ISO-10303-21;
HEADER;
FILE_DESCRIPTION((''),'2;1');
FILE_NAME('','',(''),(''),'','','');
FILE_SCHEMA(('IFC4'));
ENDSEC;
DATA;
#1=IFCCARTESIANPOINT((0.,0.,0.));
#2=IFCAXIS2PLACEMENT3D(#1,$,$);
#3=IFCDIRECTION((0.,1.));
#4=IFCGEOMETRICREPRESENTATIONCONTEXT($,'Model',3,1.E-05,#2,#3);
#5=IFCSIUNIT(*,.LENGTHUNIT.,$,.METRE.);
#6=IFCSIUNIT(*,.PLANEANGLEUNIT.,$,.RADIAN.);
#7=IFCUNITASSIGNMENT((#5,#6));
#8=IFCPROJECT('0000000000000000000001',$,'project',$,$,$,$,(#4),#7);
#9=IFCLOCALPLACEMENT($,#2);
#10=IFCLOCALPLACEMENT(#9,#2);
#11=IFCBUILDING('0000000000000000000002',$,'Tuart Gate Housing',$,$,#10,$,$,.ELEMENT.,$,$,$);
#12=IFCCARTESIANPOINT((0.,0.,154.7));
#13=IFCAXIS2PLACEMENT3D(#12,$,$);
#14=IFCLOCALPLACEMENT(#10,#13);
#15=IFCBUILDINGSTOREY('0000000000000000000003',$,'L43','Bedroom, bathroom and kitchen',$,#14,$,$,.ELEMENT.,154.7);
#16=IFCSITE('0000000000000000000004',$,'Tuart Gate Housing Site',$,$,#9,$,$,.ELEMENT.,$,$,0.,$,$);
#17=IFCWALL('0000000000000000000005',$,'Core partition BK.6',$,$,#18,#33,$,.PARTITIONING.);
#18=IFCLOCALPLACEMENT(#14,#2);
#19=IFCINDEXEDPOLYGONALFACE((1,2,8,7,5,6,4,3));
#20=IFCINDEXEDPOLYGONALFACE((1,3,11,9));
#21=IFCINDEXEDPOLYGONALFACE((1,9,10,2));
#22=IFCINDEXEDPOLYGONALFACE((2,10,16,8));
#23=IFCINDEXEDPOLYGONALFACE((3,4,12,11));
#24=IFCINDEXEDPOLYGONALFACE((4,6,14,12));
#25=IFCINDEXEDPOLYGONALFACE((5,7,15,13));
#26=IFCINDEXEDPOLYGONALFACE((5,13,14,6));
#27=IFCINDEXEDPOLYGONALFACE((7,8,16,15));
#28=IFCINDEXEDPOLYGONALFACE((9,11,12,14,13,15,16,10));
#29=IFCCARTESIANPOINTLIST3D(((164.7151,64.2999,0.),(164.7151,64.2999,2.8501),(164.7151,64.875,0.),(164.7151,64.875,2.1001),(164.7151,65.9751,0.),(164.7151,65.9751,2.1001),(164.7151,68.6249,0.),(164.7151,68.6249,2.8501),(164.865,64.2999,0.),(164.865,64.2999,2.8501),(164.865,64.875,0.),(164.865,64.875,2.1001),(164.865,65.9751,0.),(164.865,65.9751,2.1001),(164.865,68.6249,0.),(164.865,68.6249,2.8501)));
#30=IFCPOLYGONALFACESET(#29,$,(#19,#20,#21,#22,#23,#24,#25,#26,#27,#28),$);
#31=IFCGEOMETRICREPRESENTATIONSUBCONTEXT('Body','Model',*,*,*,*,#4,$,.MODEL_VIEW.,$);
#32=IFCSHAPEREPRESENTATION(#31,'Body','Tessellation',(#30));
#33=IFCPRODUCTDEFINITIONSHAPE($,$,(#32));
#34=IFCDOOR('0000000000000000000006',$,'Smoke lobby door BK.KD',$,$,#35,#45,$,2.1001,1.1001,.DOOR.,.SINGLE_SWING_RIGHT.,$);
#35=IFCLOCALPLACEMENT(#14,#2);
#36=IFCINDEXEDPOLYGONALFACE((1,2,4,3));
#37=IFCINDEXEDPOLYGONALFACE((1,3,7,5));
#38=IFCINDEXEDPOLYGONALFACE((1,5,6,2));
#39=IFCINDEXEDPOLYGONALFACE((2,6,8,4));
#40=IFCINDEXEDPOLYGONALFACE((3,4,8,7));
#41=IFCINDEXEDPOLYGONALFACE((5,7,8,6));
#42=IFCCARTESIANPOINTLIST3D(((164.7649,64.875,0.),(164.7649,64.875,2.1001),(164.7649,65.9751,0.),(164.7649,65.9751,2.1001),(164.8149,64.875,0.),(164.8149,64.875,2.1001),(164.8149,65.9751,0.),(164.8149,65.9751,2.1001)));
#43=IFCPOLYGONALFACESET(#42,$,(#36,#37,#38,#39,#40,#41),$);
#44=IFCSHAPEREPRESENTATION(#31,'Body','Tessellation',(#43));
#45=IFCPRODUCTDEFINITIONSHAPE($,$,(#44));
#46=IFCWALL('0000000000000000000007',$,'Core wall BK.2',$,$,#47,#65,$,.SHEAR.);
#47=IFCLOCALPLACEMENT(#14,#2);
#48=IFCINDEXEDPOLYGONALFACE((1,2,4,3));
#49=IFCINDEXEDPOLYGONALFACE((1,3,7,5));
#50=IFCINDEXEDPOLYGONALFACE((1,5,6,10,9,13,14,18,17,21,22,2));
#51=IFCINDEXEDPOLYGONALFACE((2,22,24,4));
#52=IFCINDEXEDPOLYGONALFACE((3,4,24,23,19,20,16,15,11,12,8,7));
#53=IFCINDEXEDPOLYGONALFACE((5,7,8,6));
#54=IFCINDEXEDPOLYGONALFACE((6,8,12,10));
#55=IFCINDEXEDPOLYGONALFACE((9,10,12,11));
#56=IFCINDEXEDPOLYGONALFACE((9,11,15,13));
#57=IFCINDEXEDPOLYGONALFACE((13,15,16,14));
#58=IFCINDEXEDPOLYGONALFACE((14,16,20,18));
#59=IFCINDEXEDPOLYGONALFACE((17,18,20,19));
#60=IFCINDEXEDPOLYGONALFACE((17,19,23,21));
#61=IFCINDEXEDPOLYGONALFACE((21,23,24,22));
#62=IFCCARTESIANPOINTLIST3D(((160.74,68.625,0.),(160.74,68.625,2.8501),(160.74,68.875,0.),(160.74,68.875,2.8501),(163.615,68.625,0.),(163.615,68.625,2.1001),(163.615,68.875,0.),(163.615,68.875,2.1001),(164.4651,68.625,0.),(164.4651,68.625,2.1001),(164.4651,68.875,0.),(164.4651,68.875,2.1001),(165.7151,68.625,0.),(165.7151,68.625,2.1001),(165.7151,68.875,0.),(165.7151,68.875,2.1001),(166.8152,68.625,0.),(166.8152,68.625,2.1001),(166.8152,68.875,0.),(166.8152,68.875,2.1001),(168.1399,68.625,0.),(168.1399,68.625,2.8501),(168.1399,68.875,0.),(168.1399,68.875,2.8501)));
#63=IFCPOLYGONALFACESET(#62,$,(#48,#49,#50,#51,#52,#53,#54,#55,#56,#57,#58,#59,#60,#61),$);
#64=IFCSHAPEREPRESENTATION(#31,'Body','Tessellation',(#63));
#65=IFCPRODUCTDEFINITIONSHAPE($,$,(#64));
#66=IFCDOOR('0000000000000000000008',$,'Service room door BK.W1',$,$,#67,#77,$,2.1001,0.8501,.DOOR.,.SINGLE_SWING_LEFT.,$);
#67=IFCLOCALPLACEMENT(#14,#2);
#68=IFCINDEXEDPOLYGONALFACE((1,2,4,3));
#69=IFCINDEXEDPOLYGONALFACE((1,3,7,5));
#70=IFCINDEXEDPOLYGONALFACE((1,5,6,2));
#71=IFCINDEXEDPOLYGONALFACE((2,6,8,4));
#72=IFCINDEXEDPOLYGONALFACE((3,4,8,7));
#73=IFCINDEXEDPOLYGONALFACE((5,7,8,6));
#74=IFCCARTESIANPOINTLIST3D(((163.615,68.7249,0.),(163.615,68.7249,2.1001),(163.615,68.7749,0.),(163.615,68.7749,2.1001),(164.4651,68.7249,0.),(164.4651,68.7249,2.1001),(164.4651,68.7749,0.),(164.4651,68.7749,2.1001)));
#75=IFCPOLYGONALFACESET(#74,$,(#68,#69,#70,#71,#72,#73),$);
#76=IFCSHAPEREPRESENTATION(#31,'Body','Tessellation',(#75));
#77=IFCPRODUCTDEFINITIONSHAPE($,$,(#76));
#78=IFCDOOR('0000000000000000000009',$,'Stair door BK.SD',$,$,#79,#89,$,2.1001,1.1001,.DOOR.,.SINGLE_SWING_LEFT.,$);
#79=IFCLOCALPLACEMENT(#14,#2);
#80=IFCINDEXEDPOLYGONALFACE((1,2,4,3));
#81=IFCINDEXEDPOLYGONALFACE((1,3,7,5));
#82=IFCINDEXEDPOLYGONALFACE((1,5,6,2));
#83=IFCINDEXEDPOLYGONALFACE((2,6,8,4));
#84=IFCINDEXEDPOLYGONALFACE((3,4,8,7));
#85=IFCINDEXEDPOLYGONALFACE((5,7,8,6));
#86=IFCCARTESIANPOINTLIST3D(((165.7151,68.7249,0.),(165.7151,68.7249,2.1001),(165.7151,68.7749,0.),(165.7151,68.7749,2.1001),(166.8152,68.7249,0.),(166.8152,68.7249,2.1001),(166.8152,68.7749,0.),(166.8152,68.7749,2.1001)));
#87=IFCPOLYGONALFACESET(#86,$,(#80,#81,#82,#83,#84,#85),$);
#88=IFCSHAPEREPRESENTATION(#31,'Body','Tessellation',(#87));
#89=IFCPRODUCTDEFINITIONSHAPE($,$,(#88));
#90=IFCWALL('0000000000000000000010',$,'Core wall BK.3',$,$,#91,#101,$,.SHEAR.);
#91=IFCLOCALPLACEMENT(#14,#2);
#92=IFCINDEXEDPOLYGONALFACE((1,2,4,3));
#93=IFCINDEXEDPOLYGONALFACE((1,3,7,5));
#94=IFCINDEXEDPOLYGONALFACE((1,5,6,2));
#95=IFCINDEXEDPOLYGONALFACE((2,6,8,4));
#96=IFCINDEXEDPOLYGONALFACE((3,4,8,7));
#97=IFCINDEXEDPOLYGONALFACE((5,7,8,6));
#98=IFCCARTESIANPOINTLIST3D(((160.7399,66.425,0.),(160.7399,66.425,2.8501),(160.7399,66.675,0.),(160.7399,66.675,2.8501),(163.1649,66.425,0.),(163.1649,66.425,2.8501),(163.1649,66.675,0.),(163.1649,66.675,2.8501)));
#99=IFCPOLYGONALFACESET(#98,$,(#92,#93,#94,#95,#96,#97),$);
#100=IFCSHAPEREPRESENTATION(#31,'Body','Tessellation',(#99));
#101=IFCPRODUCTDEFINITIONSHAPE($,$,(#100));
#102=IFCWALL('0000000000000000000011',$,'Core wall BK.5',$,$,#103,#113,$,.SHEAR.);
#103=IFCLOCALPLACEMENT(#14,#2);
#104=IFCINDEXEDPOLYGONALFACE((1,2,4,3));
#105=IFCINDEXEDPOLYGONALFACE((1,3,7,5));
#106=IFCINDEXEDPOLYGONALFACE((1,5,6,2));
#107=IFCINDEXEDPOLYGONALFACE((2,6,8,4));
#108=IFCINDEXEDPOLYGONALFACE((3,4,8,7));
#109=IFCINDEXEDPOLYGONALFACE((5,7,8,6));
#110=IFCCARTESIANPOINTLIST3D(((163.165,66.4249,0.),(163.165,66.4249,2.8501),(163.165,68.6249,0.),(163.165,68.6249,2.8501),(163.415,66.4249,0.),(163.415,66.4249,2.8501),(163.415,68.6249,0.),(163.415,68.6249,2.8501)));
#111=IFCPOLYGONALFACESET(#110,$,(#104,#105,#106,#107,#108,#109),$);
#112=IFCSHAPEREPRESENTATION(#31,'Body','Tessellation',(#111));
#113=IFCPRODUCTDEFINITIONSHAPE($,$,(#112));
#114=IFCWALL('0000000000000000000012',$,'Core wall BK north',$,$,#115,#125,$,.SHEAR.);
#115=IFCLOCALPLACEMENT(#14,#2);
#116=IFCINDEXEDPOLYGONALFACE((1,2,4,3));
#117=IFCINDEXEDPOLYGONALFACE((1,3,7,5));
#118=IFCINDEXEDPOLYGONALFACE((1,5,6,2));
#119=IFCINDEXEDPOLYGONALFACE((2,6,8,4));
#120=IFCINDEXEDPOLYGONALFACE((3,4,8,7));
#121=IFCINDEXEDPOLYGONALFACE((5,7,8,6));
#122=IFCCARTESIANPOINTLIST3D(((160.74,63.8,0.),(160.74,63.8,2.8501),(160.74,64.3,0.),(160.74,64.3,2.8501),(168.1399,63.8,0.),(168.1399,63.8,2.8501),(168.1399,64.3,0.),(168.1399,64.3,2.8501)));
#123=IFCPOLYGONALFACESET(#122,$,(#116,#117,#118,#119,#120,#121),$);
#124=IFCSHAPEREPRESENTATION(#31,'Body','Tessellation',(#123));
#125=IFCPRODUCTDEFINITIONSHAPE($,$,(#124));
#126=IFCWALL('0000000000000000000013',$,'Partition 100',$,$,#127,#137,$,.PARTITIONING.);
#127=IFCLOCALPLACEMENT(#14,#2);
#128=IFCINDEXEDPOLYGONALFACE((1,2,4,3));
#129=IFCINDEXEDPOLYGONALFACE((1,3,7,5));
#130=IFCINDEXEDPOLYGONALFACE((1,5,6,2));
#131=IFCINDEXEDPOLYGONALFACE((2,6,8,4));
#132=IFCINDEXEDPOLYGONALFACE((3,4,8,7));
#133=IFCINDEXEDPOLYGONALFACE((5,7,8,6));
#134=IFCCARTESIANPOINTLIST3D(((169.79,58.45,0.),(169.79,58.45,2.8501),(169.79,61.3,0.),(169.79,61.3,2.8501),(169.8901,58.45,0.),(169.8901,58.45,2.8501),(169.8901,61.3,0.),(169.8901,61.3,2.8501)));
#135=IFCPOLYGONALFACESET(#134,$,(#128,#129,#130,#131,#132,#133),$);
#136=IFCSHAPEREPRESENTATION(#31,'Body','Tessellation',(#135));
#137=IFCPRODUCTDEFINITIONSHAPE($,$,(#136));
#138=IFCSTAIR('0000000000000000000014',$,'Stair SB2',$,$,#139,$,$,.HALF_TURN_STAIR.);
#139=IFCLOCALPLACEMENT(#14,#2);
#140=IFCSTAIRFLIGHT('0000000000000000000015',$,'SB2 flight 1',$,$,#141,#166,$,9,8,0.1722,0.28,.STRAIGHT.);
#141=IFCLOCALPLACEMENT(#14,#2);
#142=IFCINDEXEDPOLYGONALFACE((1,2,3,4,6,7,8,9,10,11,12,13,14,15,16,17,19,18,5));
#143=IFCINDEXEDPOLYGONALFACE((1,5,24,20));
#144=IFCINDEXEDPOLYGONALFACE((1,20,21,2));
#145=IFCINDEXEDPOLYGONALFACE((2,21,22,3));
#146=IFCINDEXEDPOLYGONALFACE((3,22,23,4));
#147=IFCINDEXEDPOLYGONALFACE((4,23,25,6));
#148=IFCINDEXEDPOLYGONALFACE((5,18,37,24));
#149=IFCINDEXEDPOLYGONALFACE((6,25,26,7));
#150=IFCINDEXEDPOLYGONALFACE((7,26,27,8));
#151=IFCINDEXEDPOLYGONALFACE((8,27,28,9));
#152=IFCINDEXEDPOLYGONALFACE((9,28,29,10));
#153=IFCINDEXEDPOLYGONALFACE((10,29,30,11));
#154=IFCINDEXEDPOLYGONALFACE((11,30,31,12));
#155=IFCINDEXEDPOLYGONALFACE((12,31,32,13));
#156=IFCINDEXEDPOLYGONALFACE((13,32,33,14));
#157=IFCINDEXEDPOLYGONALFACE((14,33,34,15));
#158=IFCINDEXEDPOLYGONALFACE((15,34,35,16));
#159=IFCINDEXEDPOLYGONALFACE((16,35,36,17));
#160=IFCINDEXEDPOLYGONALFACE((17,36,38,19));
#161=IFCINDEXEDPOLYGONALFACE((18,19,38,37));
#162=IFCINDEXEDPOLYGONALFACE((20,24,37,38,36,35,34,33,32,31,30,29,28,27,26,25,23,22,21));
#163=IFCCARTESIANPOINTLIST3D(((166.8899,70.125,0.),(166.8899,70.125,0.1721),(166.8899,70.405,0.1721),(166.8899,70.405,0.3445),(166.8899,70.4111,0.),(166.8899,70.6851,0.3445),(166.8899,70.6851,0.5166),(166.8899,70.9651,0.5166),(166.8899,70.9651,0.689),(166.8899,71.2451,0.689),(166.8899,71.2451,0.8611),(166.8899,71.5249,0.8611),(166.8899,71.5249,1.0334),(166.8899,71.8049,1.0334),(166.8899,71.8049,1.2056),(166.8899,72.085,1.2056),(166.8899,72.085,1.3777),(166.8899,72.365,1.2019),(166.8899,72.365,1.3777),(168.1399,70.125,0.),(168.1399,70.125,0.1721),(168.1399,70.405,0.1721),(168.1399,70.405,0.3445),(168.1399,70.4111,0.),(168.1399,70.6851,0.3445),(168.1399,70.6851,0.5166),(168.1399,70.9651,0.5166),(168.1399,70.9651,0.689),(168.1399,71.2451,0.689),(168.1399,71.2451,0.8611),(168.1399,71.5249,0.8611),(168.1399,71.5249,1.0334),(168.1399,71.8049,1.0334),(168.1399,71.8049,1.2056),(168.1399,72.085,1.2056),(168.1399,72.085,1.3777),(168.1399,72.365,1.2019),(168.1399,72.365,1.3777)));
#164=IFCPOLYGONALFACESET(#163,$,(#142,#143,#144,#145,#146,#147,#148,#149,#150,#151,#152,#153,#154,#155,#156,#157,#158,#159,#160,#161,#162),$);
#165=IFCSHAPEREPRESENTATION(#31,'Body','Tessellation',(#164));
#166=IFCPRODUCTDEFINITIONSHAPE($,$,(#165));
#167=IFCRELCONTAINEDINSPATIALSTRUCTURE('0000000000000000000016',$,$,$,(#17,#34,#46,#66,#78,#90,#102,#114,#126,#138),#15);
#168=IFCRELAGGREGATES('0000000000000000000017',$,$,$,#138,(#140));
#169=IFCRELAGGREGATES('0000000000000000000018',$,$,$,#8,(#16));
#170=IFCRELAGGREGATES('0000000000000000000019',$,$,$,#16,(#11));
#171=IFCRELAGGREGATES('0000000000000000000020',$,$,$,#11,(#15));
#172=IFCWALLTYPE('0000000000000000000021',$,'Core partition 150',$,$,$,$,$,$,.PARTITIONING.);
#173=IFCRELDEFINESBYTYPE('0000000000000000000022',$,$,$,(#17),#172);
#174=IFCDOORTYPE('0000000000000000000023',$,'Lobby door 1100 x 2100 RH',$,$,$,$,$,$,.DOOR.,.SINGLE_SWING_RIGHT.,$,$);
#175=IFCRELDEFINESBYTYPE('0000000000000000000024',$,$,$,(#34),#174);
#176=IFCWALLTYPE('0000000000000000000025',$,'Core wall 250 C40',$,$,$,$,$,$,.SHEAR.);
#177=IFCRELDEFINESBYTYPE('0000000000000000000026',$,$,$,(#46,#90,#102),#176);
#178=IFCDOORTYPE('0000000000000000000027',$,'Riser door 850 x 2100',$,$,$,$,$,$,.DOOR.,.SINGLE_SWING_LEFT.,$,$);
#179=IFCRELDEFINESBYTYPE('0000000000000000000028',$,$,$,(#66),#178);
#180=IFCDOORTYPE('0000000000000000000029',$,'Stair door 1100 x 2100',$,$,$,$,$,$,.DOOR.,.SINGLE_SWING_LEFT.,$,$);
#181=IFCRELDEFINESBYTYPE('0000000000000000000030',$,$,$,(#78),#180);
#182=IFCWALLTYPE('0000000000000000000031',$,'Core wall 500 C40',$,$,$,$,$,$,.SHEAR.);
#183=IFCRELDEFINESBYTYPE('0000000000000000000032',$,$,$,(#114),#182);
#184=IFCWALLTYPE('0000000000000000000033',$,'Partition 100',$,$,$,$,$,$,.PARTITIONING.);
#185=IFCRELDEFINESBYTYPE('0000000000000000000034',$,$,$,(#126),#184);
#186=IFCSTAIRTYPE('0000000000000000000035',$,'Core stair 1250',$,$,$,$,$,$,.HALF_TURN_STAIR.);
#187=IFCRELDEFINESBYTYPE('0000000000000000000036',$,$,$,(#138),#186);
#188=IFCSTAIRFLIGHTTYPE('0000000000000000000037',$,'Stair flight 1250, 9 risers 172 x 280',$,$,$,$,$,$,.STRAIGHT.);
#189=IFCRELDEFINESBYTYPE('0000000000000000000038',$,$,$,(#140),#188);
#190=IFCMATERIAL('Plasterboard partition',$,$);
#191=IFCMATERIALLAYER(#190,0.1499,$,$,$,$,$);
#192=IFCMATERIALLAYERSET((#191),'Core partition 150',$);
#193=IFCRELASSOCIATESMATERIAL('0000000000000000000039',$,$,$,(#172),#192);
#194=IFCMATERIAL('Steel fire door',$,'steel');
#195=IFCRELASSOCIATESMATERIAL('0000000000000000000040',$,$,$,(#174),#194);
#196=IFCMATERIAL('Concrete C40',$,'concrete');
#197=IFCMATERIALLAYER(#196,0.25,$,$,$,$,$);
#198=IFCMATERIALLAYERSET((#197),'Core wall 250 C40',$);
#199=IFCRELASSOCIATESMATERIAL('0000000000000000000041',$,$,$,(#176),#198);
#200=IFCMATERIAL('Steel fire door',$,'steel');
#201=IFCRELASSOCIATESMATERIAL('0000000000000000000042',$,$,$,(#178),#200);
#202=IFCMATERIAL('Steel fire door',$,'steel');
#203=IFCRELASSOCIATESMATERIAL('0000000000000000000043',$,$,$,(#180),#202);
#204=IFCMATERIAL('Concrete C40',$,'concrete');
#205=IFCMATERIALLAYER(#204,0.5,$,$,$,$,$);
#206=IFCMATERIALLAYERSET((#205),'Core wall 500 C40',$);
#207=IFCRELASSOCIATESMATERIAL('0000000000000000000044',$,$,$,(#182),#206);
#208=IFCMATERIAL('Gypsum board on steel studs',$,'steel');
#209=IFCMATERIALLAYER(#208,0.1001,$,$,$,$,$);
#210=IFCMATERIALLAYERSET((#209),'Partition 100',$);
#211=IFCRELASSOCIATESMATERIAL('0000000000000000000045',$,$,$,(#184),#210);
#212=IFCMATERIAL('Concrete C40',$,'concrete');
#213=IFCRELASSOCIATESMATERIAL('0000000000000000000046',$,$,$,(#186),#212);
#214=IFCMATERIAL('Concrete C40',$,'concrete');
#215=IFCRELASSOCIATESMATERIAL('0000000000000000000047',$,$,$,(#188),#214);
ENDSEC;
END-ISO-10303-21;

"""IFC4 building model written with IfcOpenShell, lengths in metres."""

from ifc_helpers import new_model, si_unit, direction, frame, frame_2d, origin, place, context, subcontext, project, spatial, polyline, rectangle, outline, extrude, material, layer, layer_set, type_object, element, fill, aggregate, save


model = new_model("IFC4")

# Units and contexts
model_context = context("Model", 3, precision=1e-05, world=origin(), true_north=direction((0.0, 1.0)))
body_context = subcontext(model_context, "Body", "Model", "MODEL_VIEW")
ifc_project = project(units=[si_unit("LENGTHUNIT", "METRE"), si_unit("PLANEANGLEUNIT", "RADIAN")], contexts=[model_context])

# Site, building, storey
site_placement = place(None, origin())
site = spatial("IfcSite", under=ifc_project, at=site_placement, Name="Tuart Gate Housing Site", CompositionType="ELEMENT", RefElevation=0.0)
building_placement = place(site_placement, origin())
building = spatial("IfcBuilding", under=site, at=building_placement, Name="Tuart Gate Housing", CompositionType="ELEMENT")
storey_placement = place(building_placement, frame((0.0, 0.0, 154.7)))
storey = spatial("IfcBuildingStorey", under=building, at=storey_placement, Name="L43", Description="Bedroom, bathroom and kitchen", CompositionType="ELEMENT", Elevation=154.7)

# Wall, opening, door
ifc_material_1 = material(Name="Plasterboard partition")
ifc_layer_1 = layer(ifc_material_1, 0.1499)
ifc_layer_set_1 = layer_set([ifc_layer_1], Name="Core partition 150")
wall_type_1 = type_object("IfcWallType", Name="Core partition 150", PredefinedType="PARTITIONING", material=ifc_layer_set_1)
wall_1_placement = place(storey_placement, frame((164.79, 68.625, 0.0), z_axis=(0.0, 0.0, 1.0), x_axis=(0.0, -1.0, 0.0)))
wall_1 = element("IfcWall", 1, at=wall_1_placement, inside=storey, type_object=wall_type_1, Name="Core partition BK.6", PredefinedType="PARTITIONING", context=body_context, shape_type="SweptSolid", body=[
    extrude(rectangle(XDim=4.325, YDim=0.1499, at=frame_2d((2.1626, 0.0))), origin(), (0.0, 0.0, 1.0), 2.8501),
])
opening_1_placement = place(wall_1_placement, frame((2.6499, 0.0, 0.0)))
opening_1 = element("IfcOpeningElement", 2, at=opening_1_placement, cuts=wall_1, PredefinedType="OPENING", context=body_context, shape_type="SweptSolid", body=[
    extrude(rectangle(XDim=1.1001, YDim=2.1001, at=frame_2d((0.55, 1.05))), frame((0.0, 0.085, 0.0), z_axis=(0.0, -1.0, 0.0), x_axis=(1.0, 0.0, 0.0)), (0.0, 0.0, 1.0), 0.1699),
])
ifc_material_2 = material(Name="Steel fire door", Category="steel")
door_type_1 = type_object("IfcDoorType", Name="Lobby door 1100 x 2100 RH", OperationType="SINGLE_SWING_RIGHT", PredefinedType="DOOR", material=ifc_material_2)
door_1_placement = place(opening_1_placement, origin())
door_1 = element("IfcDoor", 3, at=door_1_placement, inside=storey, type_object=door_type_1, Name="Smoke lobby door BK.KD", OperationType="SINGLE_SWING_RIGHT", OverallHeight=2.1001, OverallWidth=1.1001, PredefinedType="DOOR", context=body_context, shape_type="SweptSolid", body=[
    extrude(rectangle(XDim=1.1001, YDim=2.1001, at=frame_2d((0.55, 1.05))), frame((0.0, 0.0249, 0.0), z_axis=(0.0, -1.0, 0.0), x_axis=(1.0, 0.0, 0.0)), (0.0, 0.0, 1.0), 0.05),
])
fill(opening_1, door_1)

# Wall, openings, doors
ifc_material_3 = material(Name="Concrete C40", Category="concrete")
ifc_layer_2 = layer(ifc_material_3, 0.25)
ifc_layer_set_2 = layer_set([ifc_layer_2], Name="Core wall 250 C40")
wall_type_2 = type_object("IfcWallType", Name="Core wall 250 C40", PredefinedType="SHEAR", material=ifc_layer_set_2)
wall_2_placement = place(storey_placement, frame((160.74, 68.75, 0.0), z_axis=(0.0, 0.0, 1.0), x_axis=(1.0, 0.0, 0.0)))
wall_2 = element("IfcWall", 4, at=wall_2_placement, inside=storey, type_object=wall_type_2, Name="Core wall BK.2", PredefinedType="SHEAR", context=body_context, shape_type="SweptSolid", body=[
    extrude(rectangle(XDim=7.3999, YDim=0.25, at=frame_2d((3.7, 0.0))), origin(), (0.0, 0.0, 1.0), 2.8501),
])
opening_2_placement = place(wall_2_placement, frame((4.9751, 0.0, 0.0)))
opening_2 = element("IfcOpeningElement", 5, at=opening_2_placement, cuts=wall_2, PredefinedType="OPENING", context=body_context, shape_type="SweptSolid", body=[
    extrude(rectangle(XDim=1.1001, YDim=2.1001, at=frame_2d((0.55, 1.05))), frame((0.0, 0.135, 0.0), z_axis=(0.0, -1.0, 0.0), x_axis=(1.0, 0.0, 0.0)), (0.0, 0.0, 1.0), 0.27),
])
opening_3_placement = place(wall_2_placement, frame((2.875, 0.0, 0.0)))
opening_3 = element("IfcOpeningElement", 6, at=opening_3_placement, cuts=wall_2, PredefinedType="OPENING", context=body_context, shape_type="SweptSolid", body=[
    extrude(rectangle(XDim=0.8501, YDim=2.1001, at=frame_2d((0.425, 1.05))), frame((0.0, 0.135, 0.0), z_axis=(0.0, -1.0, 0.0), x_axis=(1.0, 0.0, 0.0)), (0.0, 0.0, 1.0), 0.27),
])
ifc_material_4 = material(Name="Steel fire door", Category="steel")
door_type_2 = type_object("IfcDoorType", Name="Riser door 850 x 2100", OperationType="SINGLE_SWING_LEFT", PredefinedType="DOOR", material=ifc_material_4)
door_2_placement = place(opening_3_placement, origin())
door_2 = element("IfcDoor", 7, at=door_2_placement, inside=storey, type_object=door_type_2, Name="Service room door BK.W1", OperationType="SINGLE_SWING_LEFT", OverallHeight=2.1001, OverallWidth=0.8501, PredefinedType="DOOR", context=body_context, shape_type="SweptSolid", body=[
    extrude(rectangle(XDim=0.8501, YDim=2.1001, at=frame_2d((0.425, 1.05))), frame((0.0, 0.0249, 0.0), z_axis=(0.0, -1.0, 0.0), x_axis=(1.0, 0.0, 0.0)), (0.0, 0.0, 1.0), 0.05),
])
fill(opening_3, door_2)
ifc_material_5 = material(Name="Steel fire door", Category="steel")
door_type_3 = type_object("IfcDoorType", Name="Stair door 1100 x 2100", OperationType="SINGLE_SWING_LEFT", PredefinedType="DOOR", material=ifc_material_5)
door_3_placement = place(opening_2_placement, origin())
door_3 = element("IfcDoor", 8, at=door_3_placement, inside=storey, type_object=door_type_3, Name="Stair door BK.SD", OperationType="SINGLE_SWING_LEFT", OverallHeight=2.1001, OverallWidth=1.1001, PredefinedType="DOOR", context=body_context, shape_type="SweptSolid", body=[
    extrude(rectangle(XDim=1.1001, YDim=2.1001, at=frame_2d((0.55, 1.05))), frame((0.0, 0.0249, 0.0), z_axis=(0.0, -1.0, 0.0), x_axis=(1.0, 0.0, 0.0)), (0.0, 0.0, 1.0), 0.05),
])
fill(opening_2, door_3)

# Walls
wall_3_placement = place(storey_placement, frame((160.74, 66.55, 0.0), z_axis=(0.0, 0.0, 1.0), x_axis=(1.0, 0.0, 0.0)))
element("IfcWall", 9, at=wall_3_placement, inside=storey, type_object=wall_type_2, Name="Core wall BK.3", PredefinedType="SHEAR", context=body_context, shape_type="SweptSolid", body=[
    extrude(rectangle(XDim=2.425, YDim=0.25, at=frame_2d((1.2124, 0.0))), origin(), (0.0, 0.0, 1.0), 2.8501),
])
wall_4_placement = place(storey_placement, frame((163.29, 68.625, 0.0), z_axis=(0.0, 0.0, 1.0), x_axis=(0.0, -1.0, 0.0)))
element("IfcWall", 10, at=wall_4_placement, inside=storey, type_object=wall_type_2, Name="Core wall BK.5", PredefinedType="SHEAR", context=body_context, shape_type="SweptSolid", body=[
    extrude(rectangle(XDim=2.2, YDim=0.25, at=frame_2d((1.1001, 0.0))), origin(), (0.0, 0.0, 1.0), 2.8501),
])
ifc_material_6 = material(Name="Concrete C40", Category="concrete")
ifc_layer_3 = layer(ifc_material_6, 0.5)
ifc_layer_set_3 = layer_set([ifc_layer_3], Name="Core wall 500 C40")
wall_type_3 = type_object("IfcWallType", Name="Core wall 500 C40", PredefinedType="SHEAR", material=ifc_layer_set_3)
wall_5_placement = place(storey_placement, frame((160.74, 64.05, 0.0), z_axis=(0.0, 0.0, 1.0), x_axis=(1.0, 0.0, 0.0)))
element("IfcWall", 11, at=wall_5_placement, inside=storey, type_object=wall_type_3, Name="Core wall BK north", PredefinedType="SHEAR", context=body_context, shape_type="SweptSolid", body=[
    extrude(rectangle(XDim=7.3999, YDim=0.5, at=frame_2d((3.7, 0.0))), origin(), (0.0, 0.0, 1.0), 2.8501),
])
ifc_material_7 = material(Name="Gypsum board on steel studs", Category="steel")
ifc_layer_4 = layer(ifc_material_7, 0.1001)
ifc_layer_set_4 = layer_set([ifc_layer_4], Name="Partition 100")
wall_type_4 = type_object("IfcWallType", Name="Partition 100", PredefinedType="PARTITIONING", material=ifc_layer_set_4)
wall_6_placement = place(storey_placement, frame((169.8401, 58.45, 0.0), z_axis=(0.0, 0.0, 1.0), x_axis=(0.0, 1.0, 0.0)))
element("IfcWall", 12, at=wall_6_placement, inside=storey, type_object=wall_type_4, Name="Partition 100", PredefinedType="PARTITIONING", context=body_context, shape_type="SweptSolid", body=[
    extrude(rectangle(XDim=2.8501, YDim=0.1001, at=frame_2d((1.425, 0.0))), origin(), (0.0, 0.0, 1.0), 2.8501),
])

# Stair, stair flight
ifc_material_8 = material(Name="Concrete C40", Category="concrete")
stair_type = type_object("IfcStairType", Name="Core stair 1250", PredefinedType="HALF_TURN_STAIR", material=ifc_material_8)
stair_placement = place(storey_placement, origin())
stair = element("IfcStair", 13, at=stair_placement, inside=storey, type_object=stair_type, Name="Stair SB2", PredefinedType="HALF_TURN_STAIR")
ifc_material_9 = material(Name="Concrete C40", Category="concrete")
stair_flight_type = type_object("IfcStairFlightType", Name="Stair flight 1250, 9 risers 172 x 280", PredefinedType="STRAIGHT", material=ifc_material_9)
stair_flight_placement = place(storey_placement, frame((167.5149, 70.125, 0.0), z_axis=(0.0, 0.0, 1.0), x_axis=(0.0, 1.0, 0.0)))
stair_flight = element("IfcStairFlight", 14, at=stair_flight_placement, type_object=stair_flight_type, Name="SB2 flight 1", NumberOfRisers=9, NumberOfTreads=8, PredefinedType="STRAIGHT", RiserHeight=0.1722, TreadLength=0.28, context=body_context, shape_type="SweptSolid", body=[
    extrude(outline(polyline([(0.0, 0.0), (0.0, 0.1721), (0.28, 0.1721), (0.28, 0.3445), (0.5601, 0.3445), (0.5601, 0.5166), (0.8401, 0.5166), (0.8401, 0.689), (1.1201, 0.689), (1.1201, 0.8611), (1.3999, 0.8611), (1.3999, 1.0334), (1.6799, 1.0334), (1.6799, 1.2056), (1.96, 1.2056), (1.96, 1.3777), (2.24, 1.3777), (2.24, 1.55), (2.24, 1.2019), (0.2861, 0.0), (0.0, 0.0)])), frame((0.0, 0.625, 0.0), z_axis=(0.0, -1.0, 0.0), x_axis=(1.0, 0.0, 0.0)), (0.0, 0.0, 1.0), 1.25),
])
aggregate(stair, [stair_flight])

save(model, "model.ifc")
